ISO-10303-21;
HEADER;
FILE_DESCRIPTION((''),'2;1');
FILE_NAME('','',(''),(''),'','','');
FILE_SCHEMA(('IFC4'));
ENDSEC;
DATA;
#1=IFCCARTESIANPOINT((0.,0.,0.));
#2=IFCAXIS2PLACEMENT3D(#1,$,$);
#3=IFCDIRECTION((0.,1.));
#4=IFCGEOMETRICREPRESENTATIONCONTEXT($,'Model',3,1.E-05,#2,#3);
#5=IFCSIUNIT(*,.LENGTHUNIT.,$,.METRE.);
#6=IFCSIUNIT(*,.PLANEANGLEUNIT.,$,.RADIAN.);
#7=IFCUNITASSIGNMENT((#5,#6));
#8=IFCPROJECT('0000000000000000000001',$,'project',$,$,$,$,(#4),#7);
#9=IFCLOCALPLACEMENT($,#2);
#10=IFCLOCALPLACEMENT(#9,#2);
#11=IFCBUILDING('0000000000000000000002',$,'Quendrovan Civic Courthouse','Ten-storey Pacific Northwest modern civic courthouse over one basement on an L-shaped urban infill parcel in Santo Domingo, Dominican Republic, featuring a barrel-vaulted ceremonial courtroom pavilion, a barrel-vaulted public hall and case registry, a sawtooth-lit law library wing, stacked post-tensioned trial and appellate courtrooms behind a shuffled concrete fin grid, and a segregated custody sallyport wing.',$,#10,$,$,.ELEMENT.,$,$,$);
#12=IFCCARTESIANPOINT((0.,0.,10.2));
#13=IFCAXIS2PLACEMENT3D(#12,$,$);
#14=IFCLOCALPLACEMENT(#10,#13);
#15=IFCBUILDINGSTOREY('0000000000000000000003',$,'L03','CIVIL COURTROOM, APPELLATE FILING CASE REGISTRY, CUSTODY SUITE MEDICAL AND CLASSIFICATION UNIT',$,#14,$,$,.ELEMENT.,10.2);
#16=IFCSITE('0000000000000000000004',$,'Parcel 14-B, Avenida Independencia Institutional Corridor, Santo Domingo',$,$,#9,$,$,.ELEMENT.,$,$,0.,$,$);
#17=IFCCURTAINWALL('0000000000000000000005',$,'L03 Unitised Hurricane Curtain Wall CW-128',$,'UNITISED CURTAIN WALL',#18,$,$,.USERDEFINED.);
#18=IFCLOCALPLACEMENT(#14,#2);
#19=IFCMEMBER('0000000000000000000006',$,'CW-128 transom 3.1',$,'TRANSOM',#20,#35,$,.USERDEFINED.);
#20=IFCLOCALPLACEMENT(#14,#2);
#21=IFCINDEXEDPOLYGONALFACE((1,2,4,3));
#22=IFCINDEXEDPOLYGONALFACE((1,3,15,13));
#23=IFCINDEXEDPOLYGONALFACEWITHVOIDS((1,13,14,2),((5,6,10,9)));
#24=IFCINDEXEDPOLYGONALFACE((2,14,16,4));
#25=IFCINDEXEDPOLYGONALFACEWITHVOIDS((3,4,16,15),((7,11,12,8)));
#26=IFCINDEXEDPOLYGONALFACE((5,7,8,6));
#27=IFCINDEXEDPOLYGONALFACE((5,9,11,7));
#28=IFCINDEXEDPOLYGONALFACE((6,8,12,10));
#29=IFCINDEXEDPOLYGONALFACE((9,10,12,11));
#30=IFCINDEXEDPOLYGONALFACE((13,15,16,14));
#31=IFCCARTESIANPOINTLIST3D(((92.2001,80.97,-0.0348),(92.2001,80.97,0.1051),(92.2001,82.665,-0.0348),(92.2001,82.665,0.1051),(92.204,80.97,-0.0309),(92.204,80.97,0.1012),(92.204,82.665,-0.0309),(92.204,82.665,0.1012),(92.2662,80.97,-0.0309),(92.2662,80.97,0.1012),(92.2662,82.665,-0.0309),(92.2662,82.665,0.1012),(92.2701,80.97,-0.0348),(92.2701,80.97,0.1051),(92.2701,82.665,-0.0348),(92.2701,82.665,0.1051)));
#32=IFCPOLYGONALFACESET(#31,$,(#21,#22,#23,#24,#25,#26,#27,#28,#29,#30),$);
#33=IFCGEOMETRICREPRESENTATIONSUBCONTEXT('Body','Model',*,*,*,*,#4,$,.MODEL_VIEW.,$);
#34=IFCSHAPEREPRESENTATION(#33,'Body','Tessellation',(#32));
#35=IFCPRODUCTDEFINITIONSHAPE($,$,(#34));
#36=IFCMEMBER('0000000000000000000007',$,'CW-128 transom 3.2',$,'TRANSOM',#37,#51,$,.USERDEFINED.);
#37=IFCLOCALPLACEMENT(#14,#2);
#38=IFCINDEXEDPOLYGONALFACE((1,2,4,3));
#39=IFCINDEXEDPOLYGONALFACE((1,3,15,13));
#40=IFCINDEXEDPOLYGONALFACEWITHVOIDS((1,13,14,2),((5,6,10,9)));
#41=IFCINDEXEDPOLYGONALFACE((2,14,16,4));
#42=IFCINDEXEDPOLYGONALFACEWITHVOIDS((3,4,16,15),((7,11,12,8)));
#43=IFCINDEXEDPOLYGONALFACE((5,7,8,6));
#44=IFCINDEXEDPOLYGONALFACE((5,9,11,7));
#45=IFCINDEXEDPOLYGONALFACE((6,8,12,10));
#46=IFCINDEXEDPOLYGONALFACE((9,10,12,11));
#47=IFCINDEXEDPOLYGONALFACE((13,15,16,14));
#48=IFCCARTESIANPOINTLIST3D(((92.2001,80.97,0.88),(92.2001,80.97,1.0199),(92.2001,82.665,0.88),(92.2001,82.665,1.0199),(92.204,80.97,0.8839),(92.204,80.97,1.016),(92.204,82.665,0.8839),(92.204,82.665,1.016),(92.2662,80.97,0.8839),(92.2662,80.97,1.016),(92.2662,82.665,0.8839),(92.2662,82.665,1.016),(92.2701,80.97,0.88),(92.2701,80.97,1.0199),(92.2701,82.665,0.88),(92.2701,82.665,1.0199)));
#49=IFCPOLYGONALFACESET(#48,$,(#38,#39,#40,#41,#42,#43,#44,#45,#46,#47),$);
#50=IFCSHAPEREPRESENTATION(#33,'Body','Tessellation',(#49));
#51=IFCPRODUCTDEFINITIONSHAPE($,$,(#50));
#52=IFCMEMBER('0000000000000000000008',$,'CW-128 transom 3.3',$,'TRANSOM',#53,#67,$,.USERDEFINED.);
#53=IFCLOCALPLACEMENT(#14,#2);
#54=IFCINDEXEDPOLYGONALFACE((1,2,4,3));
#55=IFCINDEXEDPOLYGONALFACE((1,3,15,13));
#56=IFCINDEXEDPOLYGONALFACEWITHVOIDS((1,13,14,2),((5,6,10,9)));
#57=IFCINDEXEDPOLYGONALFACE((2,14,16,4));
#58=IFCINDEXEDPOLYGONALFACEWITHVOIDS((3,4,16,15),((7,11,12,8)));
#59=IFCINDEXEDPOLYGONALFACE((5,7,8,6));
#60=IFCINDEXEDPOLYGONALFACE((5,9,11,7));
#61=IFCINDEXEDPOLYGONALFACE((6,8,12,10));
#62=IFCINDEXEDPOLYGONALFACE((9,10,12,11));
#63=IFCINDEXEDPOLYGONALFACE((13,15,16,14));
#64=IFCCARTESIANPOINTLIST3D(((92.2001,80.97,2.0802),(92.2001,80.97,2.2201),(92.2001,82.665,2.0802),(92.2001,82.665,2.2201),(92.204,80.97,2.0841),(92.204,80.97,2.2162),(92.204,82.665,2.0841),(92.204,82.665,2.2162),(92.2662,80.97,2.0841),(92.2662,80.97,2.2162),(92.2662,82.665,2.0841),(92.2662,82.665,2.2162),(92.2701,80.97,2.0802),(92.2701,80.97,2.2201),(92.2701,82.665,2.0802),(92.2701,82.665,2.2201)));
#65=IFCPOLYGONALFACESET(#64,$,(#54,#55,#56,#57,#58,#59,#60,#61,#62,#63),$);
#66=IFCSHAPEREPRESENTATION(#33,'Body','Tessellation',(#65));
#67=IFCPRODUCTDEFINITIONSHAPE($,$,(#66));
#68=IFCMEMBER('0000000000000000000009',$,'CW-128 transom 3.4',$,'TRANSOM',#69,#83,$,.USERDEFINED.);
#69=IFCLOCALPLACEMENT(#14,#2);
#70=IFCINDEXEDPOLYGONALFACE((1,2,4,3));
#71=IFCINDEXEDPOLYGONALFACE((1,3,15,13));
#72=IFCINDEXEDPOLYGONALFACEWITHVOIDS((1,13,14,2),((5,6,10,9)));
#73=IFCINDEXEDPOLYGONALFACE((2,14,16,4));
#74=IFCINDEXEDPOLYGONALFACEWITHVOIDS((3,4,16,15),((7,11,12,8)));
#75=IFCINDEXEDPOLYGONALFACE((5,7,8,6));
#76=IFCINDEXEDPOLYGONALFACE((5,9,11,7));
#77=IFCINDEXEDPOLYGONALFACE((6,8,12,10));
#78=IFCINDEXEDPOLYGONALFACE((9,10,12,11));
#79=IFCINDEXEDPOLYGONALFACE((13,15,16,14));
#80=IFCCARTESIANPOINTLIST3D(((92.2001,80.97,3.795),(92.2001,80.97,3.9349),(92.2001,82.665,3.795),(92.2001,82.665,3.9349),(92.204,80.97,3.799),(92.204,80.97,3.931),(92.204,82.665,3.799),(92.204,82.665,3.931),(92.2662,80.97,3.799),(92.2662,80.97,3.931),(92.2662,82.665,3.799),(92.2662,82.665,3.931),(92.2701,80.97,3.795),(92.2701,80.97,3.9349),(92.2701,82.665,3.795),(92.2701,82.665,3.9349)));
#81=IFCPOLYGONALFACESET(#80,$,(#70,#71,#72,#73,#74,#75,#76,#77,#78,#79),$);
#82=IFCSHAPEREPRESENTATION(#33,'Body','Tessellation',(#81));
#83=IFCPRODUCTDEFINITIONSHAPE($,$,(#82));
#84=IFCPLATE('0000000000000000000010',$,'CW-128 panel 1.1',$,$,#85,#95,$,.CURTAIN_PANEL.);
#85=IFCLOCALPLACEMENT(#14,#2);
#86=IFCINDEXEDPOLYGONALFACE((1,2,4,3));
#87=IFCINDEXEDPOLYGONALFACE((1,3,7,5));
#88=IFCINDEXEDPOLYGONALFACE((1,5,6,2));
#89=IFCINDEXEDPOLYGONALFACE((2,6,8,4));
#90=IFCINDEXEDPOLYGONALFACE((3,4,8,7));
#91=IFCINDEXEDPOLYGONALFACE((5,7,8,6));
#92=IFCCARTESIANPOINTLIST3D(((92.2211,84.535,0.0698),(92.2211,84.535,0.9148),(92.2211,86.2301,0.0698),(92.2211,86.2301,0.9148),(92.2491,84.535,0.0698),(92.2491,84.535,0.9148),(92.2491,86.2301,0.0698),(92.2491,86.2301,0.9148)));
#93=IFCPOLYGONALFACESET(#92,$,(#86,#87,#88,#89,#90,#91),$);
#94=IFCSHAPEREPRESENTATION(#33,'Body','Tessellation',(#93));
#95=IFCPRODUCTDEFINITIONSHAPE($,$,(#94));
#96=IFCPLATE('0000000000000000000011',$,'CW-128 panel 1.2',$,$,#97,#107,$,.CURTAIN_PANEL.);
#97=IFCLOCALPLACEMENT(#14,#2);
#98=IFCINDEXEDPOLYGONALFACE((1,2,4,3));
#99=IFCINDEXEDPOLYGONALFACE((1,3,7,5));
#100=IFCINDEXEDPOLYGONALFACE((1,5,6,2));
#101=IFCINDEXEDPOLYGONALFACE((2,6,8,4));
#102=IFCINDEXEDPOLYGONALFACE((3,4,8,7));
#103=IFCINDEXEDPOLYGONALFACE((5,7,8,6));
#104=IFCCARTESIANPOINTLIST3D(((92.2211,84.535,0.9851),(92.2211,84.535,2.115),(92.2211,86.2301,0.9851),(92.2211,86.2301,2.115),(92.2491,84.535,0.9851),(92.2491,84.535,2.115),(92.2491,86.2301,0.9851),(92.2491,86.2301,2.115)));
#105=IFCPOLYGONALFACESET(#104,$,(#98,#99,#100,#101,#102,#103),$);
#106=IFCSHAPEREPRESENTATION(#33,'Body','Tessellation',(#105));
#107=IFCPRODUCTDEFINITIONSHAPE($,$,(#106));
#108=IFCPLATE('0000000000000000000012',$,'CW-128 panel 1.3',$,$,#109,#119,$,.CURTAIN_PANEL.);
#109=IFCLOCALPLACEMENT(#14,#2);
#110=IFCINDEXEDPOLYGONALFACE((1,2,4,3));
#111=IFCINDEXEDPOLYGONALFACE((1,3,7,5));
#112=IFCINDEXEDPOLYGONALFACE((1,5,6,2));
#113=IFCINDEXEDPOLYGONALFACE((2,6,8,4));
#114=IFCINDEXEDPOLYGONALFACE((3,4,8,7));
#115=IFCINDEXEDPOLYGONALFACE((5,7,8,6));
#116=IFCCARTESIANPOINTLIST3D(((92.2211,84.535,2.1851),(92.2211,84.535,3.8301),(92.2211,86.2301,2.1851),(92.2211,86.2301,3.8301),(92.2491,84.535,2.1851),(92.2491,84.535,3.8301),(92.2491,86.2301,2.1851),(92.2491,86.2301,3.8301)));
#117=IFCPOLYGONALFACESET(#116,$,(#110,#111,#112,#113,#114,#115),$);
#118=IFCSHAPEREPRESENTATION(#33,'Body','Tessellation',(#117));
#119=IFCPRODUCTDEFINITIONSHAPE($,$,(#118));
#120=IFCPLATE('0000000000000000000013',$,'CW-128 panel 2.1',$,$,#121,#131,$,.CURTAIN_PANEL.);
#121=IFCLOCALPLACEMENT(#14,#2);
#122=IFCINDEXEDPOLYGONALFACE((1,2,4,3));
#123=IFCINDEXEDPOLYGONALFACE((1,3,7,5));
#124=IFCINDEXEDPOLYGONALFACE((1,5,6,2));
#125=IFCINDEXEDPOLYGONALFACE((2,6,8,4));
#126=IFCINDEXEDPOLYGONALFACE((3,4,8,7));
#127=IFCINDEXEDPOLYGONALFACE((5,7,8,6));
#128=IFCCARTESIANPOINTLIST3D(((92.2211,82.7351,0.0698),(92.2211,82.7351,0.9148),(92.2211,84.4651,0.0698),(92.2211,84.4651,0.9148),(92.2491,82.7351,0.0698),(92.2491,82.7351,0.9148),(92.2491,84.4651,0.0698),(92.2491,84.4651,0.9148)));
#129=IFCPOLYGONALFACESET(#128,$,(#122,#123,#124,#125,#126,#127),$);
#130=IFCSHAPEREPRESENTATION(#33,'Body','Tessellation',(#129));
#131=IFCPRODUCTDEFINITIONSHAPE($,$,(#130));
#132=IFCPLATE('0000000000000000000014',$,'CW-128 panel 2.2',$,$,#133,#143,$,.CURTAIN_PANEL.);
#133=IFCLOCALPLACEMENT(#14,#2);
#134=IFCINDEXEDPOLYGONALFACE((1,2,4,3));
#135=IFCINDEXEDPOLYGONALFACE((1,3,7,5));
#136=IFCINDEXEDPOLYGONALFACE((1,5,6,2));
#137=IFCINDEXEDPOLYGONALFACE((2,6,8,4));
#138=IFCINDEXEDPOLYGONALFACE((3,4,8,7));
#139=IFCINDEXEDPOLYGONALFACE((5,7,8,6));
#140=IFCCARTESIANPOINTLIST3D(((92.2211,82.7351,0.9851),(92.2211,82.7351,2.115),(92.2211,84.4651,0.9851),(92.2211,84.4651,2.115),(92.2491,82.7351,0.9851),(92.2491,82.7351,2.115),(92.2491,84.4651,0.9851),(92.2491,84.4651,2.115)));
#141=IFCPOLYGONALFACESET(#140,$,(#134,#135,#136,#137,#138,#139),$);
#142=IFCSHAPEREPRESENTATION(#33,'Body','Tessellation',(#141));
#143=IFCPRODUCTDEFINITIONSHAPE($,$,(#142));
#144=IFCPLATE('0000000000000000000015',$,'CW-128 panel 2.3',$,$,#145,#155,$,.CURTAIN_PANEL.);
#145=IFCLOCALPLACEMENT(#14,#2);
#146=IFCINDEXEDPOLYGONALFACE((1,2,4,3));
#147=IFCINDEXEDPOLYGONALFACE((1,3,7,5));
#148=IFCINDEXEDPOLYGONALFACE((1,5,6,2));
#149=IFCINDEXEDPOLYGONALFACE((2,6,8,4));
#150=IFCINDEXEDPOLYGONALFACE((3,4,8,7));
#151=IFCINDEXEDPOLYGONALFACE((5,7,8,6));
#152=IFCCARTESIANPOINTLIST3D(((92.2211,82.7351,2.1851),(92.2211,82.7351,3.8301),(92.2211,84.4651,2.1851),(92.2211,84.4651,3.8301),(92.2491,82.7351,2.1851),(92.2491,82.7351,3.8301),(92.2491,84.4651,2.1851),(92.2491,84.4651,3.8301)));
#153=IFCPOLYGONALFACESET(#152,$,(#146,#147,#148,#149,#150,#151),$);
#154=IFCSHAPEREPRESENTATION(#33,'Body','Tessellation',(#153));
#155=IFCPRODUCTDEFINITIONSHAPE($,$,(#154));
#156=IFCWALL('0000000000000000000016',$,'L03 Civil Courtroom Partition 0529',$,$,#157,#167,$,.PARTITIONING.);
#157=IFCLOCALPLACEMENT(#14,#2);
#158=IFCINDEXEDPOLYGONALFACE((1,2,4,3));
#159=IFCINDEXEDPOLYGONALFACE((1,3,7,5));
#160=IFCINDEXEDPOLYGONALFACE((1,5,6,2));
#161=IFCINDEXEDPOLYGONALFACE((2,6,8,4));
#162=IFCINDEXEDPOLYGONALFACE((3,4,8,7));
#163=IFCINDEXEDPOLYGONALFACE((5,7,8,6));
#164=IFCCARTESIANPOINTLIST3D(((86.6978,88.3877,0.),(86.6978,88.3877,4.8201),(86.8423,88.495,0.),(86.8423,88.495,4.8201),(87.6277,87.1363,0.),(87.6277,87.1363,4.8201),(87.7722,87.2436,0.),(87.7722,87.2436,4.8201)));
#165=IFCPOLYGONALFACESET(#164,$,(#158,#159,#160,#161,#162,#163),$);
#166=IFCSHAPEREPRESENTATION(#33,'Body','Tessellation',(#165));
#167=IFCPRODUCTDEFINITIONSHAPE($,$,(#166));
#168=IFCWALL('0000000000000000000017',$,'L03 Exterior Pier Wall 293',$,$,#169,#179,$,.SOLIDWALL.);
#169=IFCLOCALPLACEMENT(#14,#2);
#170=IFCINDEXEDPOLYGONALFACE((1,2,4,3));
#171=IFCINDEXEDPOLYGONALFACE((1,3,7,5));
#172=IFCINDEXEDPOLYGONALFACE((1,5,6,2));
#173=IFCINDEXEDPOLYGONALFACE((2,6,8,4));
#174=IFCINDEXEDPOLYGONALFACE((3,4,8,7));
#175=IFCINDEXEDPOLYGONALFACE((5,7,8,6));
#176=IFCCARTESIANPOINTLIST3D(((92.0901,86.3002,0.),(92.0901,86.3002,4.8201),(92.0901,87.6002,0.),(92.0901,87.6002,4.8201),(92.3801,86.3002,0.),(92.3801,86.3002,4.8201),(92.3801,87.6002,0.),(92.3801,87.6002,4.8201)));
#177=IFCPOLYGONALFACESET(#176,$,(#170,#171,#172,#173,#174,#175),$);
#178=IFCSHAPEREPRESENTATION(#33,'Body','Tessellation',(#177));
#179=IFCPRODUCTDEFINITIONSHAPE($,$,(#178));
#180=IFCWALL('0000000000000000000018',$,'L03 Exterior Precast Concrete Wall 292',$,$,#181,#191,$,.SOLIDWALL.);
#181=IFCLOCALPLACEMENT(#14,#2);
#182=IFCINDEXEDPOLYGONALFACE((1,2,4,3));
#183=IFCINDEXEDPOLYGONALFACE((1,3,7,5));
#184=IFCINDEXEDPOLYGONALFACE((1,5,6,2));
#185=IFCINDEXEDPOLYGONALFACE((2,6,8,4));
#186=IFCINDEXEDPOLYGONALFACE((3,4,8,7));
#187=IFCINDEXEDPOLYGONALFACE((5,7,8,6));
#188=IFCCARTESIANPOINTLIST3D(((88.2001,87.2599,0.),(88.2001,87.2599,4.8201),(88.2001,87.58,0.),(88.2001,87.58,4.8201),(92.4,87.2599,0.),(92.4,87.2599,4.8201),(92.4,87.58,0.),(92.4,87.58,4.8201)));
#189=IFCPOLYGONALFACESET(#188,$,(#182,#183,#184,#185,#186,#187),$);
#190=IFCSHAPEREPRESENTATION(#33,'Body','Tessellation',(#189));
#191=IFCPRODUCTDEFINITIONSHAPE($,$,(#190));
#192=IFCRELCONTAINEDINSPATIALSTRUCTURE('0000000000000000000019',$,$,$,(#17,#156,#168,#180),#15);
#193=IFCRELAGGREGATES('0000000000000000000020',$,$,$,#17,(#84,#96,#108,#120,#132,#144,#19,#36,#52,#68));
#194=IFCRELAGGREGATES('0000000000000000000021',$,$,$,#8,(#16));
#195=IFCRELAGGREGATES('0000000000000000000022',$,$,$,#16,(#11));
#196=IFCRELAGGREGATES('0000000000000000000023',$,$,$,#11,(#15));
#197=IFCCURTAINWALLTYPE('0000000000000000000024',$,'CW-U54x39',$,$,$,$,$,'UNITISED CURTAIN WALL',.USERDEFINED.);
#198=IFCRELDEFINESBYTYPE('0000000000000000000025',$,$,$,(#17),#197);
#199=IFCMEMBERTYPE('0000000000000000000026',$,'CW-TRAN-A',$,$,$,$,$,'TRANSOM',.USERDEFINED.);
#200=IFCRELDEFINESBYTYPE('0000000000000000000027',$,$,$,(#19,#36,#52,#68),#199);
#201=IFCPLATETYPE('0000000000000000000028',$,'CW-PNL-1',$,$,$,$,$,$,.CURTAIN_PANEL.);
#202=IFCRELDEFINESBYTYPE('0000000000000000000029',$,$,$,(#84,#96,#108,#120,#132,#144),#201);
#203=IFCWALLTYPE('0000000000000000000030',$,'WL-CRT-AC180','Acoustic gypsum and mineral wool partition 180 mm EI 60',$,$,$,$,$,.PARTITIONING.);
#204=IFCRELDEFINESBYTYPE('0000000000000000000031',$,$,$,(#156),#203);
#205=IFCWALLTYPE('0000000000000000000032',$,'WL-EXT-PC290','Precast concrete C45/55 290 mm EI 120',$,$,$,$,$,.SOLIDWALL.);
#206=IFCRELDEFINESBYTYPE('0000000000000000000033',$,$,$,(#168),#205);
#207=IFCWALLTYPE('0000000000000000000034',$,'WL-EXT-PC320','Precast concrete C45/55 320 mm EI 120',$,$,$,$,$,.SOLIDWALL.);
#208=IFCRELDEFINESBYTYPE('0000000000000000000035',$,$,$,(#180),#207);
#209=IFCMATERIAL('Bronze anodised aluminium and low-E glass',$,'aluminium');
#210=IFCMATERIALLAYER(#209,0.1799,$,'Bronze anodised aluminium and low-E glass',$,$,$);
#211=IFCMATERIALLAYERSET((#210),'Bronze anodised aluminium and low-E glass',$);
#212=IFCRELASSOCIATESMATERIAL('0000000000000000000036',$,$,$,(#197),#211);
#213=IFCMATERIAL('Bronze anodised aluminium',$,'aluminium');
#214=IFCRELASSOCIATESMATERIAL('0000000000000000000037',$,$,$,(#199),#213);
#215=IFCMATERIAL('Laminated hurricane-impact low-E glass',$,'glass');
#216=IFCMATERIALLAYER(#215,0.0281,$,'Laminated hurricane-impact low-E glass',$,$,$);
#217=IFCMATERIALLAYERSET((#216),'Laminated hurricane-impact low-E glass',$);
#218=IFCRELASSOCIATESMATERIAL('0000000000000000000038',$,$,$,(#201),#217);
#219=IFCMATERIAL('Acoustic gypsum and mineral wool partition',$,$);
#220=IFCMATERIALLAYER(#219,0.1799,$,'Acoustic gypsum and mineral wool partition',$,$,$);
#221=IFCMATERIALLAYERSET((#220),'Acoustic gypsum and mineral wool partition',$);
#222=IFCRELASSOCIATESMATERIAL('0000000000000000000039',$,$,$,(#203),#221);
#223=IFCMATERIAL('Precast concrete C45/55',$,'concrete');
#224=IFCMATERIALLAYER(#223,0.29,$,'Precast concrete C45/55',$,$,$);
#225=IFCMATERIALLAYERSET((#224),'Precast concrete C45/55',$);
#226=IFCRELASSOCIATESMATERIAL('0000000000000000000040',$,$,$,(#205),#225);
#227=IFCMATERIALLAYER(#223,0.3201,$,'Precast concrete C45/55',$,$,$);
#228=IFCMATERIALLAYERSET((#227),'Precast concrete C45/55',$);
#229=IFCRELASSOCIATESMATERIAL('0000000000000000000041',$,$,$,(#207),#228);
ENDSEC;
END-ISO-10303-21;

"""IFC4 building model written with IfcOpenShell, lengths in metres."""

from ifc_helpers import new_model, si_unit, direction, frame, frame_2d, origin, origin_2d, place, context, subcontext, project, spatial, rectangle, hollow_rectangle, extrude, material, layer, layer_set, material_profile, profile_set, type_object, element, aggregate, save


model = new_model("IFC4")

# Units and contexts
model_context = context("Model", 3, precision=1e-05, world=origin(), true_north=direction((0.0, 1.0)))
body_context = subcontext(model_context, "Body", "Model", "MODEL_VIEW")
ifc_project = project(units=[si_unit("LENGTHUNIT", "METRE"), si_unit("PLANEANGLEUNIT", "RADIAN")], contexts=[model_context])

# Site, building, storey
site_placement = place(None, origin())
site = spatial("IfcSite", under=ifc_project, at=site_placement, Name="Parcel 14-B, Avenida Independencia Institutional Corridor, Santo Domingo", CompositionType="ELEMENT", RefElevation=0.0)
building_placement = place(site_placement, origin())
building = spatial("IfcBuilding", under=site, at=building_placement, Name="Quendrovan Civic Courthouse", Description="Ten-storey Pacific Northwest modern civic courthouse over one basement on an L-shaped urban infill parcel in Santo Domingo, Dominican Republic, featuring a barrel-vaulted ceremonial courtroom pavilion, a barrel-vaulted public hall and case registry, a sawtooth-lit law library wing, stacked post-tensioned trial and appellate courtrooms behind a shuffled concrete fin grid, and a segregated custody sallyport wing.", CompositionType="ELEMENT")
storey_placement = place(building_placement, frame((0.0, 0.0, 10.2)))
storey = spatial("IfcBuildingStorey", under=building, at=storey_placement, Name="L03", Description="CIVIL COURTROOM, APPELLATE FILING CASE REGISTRY, CUSTODY SUITE MEDICAL AND CLASSIFICATION UNIT", CompositionType="ELEMENT", Elevation=10.2)

# Curtain wall, members, plates
ifc_material_1 = material(Name="Bronze anodised aluminium and low-E glass", Category="aluminium")
ifc_layer_1 = layer(ifc_material_1, 0.1799, Name="Bronze anodised aluminium and low-E glass")
ifc_layer_set_1 = layer_set([ifc_layer_1], Name="Bronze anodised aluminium and low-E glass")
curtain_wall_type = type_object("IfcCurtainWallType", Name="CW-U54x39", ElementType="UNITISED CURTAIN WALL", PredefinedType="USERDEFINED", material=ifc_layer_set_1)
curtain_wall_placement = place(storey_placement, origin())
curtain_wall = element("IfcCurtainWall", 1, at=curtain_wall_placement, inside=storey, type_object=curtain_wall_type, Name="L03 Unitised Hurricane Curtain Wall CW-128", ObjectType="UNITISED CURTAIN WALL", PredefinedType="USERDEFINED")
ifc_material_2 = material(Name="Bronze anodised aluminium", Category="aluminium")
ifc_material_profile_1 = material_profile(ifc_material_2, hollow_rectangle(XDim=0.0701, YDim=0.1399, WallThickness=0.0039, at=origin_2d()), Name="CW-TRAN-70x140")
ifc_profile_set_1 = profile_set([ifc_material_profile_1], Name="Bronze anodised aluminium")
member_type_1 = type_object("IfcMemberType", Name="CW-TRAN-A", ElementType="TRANSOM", PredefinedType="USERDEFINED", material=ifc_profile_set_1)
member_1_placement = place(storey_placement, frame((92.2351, 82.665, 0.0352), z_axis=(0.0, -1.0, 0.0), x_axis=(1.0, 0.0, 0.0)))
member_1 = element("IfcMember", 2, at=member_1_placement, type_object=member_type_1, Name="CW-128 transom 3.1", ObjectType="TRANSOM", PredefinedType="USERDEFINED", context=body_context, shape_type="SweptSolid", body=[
    extrude(hollow_rectangle(XDim=0.0701, YDim=0.1399, WallThickness=0.0039, at=origin_2d()), origin(), (0.0, 0.0, 1.0), 1.6951),
])
member_2_placement = place(storey_placement, frame((92.2351, 82.665, 0.95), z_axis=(0.0, -1.0, 0.0), x_axis=(1.0, 0.0, 0.0)))
member_2 = element("IfcMember", 3, at=member_2_placement, type_object=member_type_1, Name="CW-128 transom 3.2", ObjectType="TRANSOM", PredefinedType="USERDEFINED", context=body_context, shape_type="SweptSolid", body=[
    extrude(hollow_rectangle(XDim=0.0701, YDim=0.1399, WallThickness=0.0039, at=origin_2d()), origin(), (0.0, 0.0, 1.0), 1.6951),
])
member_3_placement = place(storey_placement, frame((92.2351, 82.665, 2.1501), z_axis=(0.0, -1.0, 0.0), x_axis=(1.0, 0.0, 0.0)))
member_3 = element("IfcMember", 4, at=member_3_placement, type_object=member_type_1, Name="CW-128 transom 3.3", ObjectType="TRANSOM", PredefinedType="USERDEFINED", context=body_context, shape_type="SweptSolid", body=[
    extrude(hollow_rectangle(XDim=0.0701, YDim=0.1399, WallThickness=0.0039, at=origin_2d()), origin(), (0.0, 0.0, 1.0), 1.6951),
])
member_4_placement = place(storey_placement, frame((92.2351, 82.665, 3.865), z_axis=(0.0, -1.0, 0.0), x_axis=(1.0, 0.0, 0.0)))
member_4 = element("IfcMember", 5, at=member_4_placement, type_object=member_type_1, Name="CW-128 transom 3.4", ObjectType="TRANSOM", PredefinedType="USERDEFINED", context=body_context, shape_type="SweptSolid", body=[
    extrude(hollow_rectangle(XDim=0.0701, YDim=0.1399, WallThickness=0.0039, at=origin_2d()), origin(), (0.0, 0.0, 1.0), 1.6951),
])
ifc_material_3 = material(Name="Laminated hurricane-impact low-E glass", Category="glass")
ifc_layer_2 = layer(ifc_material_3, 0.0281, Name="Laminated hurricane-impact low-E glass")
ifc_layer_set_2 = layer_set([ifc_layer_2], Name="Laminated hurricane-impact low-E glass")
plate_type = type_object("IfcPlateType", Name="CW-PNL-1", PredefinedType="CURTAIN_PANEL", material=ifc_layer_set_2)
plate_1_placement = place(storey_placement, frame((92.2351, 85.3826, 0.0698), z_axis=(0.0, 0.0, 1.0), x_axis=(0.0, -1.0, 0.0)))
plate_1 = element("IfcPlate", 6, at=plate_1_placement, type_object=plate_type, Name="CW-128 panel 1.1", PredefinedType="CURTAIN_PANEL", context=body_context, shape_type="SweptSolid", body=[
    extrude(rectangle(XDim=1.6951, YDim=0.0281, at=origin_2d()), origin(), (0.0, 0.0, 1.0), 0.845),
])
plate_2_placement = place(storey_placement, frame((92.2351, 85.3826, 0.9851), z_axis=(0.0, 0.0, 1.0), x_axis=(0.0, -1.0, 0.0)))
plate_2 = element("IfcPlate", 7, at=plate_2_placement, type_object=plate_type, Name="CW-128 panel 1.2", PredefinedType="CURTAIN_PANEL", context=body_context, shape_type="SweptSolid", body=[
    extrude(rectangle(XDim=1.6951, YDim=0.0281, at=origin_2d()), origin(), (0.0, 0.0, 1.0), 1.1299),
])
plate_3_placement = place(storey_placement, frame((92.2351, 85.3826, 2.1851), z_axis=(0.0, 0.0, 1.0), x_axis=(0.0, -1.0, 0.0)))
plate_3 = element("IfcPlate", 8, at=plate_3_placement, type_object=plate_type, Name="CW-128 panel 1.3", PredefinedType="CURTAIN_PANEL", context=body_context, shape_type="SweptSolid", body=[
    extrude(rectangle(XDim=1.6951, YDim=0.0281, at=origin_2d()), origin(), (0.0, 0.0, 1.0), 1.645),
])
plate_4_placement = place(storey_placement, frame((92.2351, 83.6001, 0.0698), z_axis=(0.0, 0.0, 1.0), x_axis=(0.0, -1.0, 0.0)))
plate_4 = element("IfcPlate", 9, at=plate_4_placement, type_object=plate_type, Name="CW-128 panel 2.1", PredefinedType="CURTAIN_PANEL", context=body_context, shape_type="SweptSolid", body=[
    extrude(rectangle(XDim=1.73, YDim=0.0281, at=origin_2d()), origin(), (0.0, 0.0, 1.0), 0.845),
])
plate_5_placement = place(storey_placement, frame((92.2351, 83.6001, 0.9851), z_axis=(0.0, 0.0, 1.0), x_axis=(0.0, -1.0, 0.0)))
plate_5 = element("IfcPlate", 10, at=plate_5_placement, type_object=plate_type, Name="CW-128 panel 2.2", PredefinedType="CURTAIN_PANEL", context=body_context, shape_type="SweptSolid", body=[
    extrude(rectangle(XDim=1.73, YDim=0.0281, at=origin_2d()), origin(), (0.0, 0.0, 1.0), 1.1299),
])
plate_6_placement = place(storey_placement, frame((92.2351, 83.6001, 2.1851), z_axis=(0.0, 0.0, 1.0), x_axis=(0.0, -1.0, 0.0)))
plate_6 = element("IfcPlate", 11, at=plate_6_placement, type_object=plate_type, Name="CW-128 panel 2.3", PredefinedType="CURTAIN_PANEL", context=body_context, shape_type="SweptSolid", body=[
    extrude(rectangle(XDim=1.73, YDim=0.0281, at=origin_2d()), origin(), (0.0, 0.0, 1.0), 1.645),
])
aggregate(curtain_wall, [plate_1, plate_2, plate_3, plate_4, plate_5, plate_6, member_1, member_2, member_3, member_4])

# Walls
ifc_material_4 = material(Name="Acoustic gypsum and mineral wool partition")
ifc_layer_3 = layer(ifc_material_4, 0.1799, Name="Acoustic gypsum and mineral wool partition")
ifc_layer_set_3 = layer_set([ifc_layer_3], Name="Acoustic gypsum and mineral wool partition")
wall_type_1 = type_object("IfcWallType", Name="WL-CRT-AC180", Description="Acoustic gypsum and mineral wool partition 180 mm EI 60", PredefinedType="PARTITIONING", material=ifc_layer_set_3)
wall_1_placement = place(storey_placement, frame((87.7, 87.1899, 0.0), z_axis=(0.0, 0.0, 1.0), x_axis=(-0.596436, 0.80266, 0.0)))
element("IfcWall", 12, at=wall_1_placement, inside=storey, type_object=wall_type_1, Name="L03 Civil Courtroom Partition 0529", PredefinedType="PARTITIONING", context=body_context, shape_type="SweptSolid", body=[
    extrude(rectangle(XDim=1.5591, YDim=0.1799, at=frame_2d((0.7795, 0.0))), origin(), (0.0, 0.0, 1.0), 4.8201),
])
ifc_material_5 = material(Name="Precast concrete C45/55", Category="concrete")
ifc_layer_4 = layer(ifc_material_5, 0.29, Name="Precast concrete C45/55")
ifc_layer_set_4 = layer_set([ifc_layer_4], Name="Precast concrete C45/55")
wall_type_2 = type_object("IfcWallType", Name="WL-EXT-PC290", Description="Precast concrete C45/55 290 mm EI 120", PredefinedType="SOLIDWALL", material=ifc_layer_set_4)
wall_2_placement = place(storey_placement, frame((92.2351, 87.6001, 0.0), z_axis=(0.0, 0.0, 1.0), x_axis=(0.0, -1.0, 0.0)))
element("IfcWall", 13, at=wall_2_placement, inside=storey, type_object=wall_type_2, Name="L03 Exterior Pier Wall 293", PredefinedType="SOLIDWALL", context=body_context, shape_type="SweptSolid", body=[
    extrude(rectangle(XDim=1.3, YDim=0.29, at=frame_2d((0.6499, 0.0))), origin(), (0.0, 0.0, 1.0), 4.8201),
])
ifc_layer_5 = layer(ifc_material_5, 0.3201, Name="Precast concrete C45/55")
ifc_layer_set_5 = layer_set([ifc_layer_5], Name="Precast concrete C45/55")
wall_type_3 = type_object("IfcWallType", Name="WL-EXT-PC320", Description="Precast concrete C45/55 320 mm EI 120", PredefinedType="SOLIDWALL", material=ifc_layer_set_5)
wall_3_placement = place(storey_placement, frame((88.2, 87.4199, 0.0), z_axis=(0.0, 0.0, 1.0), x_axis=(1.0, 0.0, 0.0)))
element("IfcWall", 14, at=wall_3_placement, inside=storey, type_object=wall_type_3, Name="L03 Exterior Precast Concrete Wall 292", PredefinedType="SOLIDWALL", context=body_context, shape_type="SweptSolid", body=[
    extrude(rectangle(XDim=4.2, YDim=0.3201, at=frame_2d((2.1001, 0.0))), origin(), (0.0, 0.0, 1.0), 4.8201),
])

save(model, "model.ifc")
